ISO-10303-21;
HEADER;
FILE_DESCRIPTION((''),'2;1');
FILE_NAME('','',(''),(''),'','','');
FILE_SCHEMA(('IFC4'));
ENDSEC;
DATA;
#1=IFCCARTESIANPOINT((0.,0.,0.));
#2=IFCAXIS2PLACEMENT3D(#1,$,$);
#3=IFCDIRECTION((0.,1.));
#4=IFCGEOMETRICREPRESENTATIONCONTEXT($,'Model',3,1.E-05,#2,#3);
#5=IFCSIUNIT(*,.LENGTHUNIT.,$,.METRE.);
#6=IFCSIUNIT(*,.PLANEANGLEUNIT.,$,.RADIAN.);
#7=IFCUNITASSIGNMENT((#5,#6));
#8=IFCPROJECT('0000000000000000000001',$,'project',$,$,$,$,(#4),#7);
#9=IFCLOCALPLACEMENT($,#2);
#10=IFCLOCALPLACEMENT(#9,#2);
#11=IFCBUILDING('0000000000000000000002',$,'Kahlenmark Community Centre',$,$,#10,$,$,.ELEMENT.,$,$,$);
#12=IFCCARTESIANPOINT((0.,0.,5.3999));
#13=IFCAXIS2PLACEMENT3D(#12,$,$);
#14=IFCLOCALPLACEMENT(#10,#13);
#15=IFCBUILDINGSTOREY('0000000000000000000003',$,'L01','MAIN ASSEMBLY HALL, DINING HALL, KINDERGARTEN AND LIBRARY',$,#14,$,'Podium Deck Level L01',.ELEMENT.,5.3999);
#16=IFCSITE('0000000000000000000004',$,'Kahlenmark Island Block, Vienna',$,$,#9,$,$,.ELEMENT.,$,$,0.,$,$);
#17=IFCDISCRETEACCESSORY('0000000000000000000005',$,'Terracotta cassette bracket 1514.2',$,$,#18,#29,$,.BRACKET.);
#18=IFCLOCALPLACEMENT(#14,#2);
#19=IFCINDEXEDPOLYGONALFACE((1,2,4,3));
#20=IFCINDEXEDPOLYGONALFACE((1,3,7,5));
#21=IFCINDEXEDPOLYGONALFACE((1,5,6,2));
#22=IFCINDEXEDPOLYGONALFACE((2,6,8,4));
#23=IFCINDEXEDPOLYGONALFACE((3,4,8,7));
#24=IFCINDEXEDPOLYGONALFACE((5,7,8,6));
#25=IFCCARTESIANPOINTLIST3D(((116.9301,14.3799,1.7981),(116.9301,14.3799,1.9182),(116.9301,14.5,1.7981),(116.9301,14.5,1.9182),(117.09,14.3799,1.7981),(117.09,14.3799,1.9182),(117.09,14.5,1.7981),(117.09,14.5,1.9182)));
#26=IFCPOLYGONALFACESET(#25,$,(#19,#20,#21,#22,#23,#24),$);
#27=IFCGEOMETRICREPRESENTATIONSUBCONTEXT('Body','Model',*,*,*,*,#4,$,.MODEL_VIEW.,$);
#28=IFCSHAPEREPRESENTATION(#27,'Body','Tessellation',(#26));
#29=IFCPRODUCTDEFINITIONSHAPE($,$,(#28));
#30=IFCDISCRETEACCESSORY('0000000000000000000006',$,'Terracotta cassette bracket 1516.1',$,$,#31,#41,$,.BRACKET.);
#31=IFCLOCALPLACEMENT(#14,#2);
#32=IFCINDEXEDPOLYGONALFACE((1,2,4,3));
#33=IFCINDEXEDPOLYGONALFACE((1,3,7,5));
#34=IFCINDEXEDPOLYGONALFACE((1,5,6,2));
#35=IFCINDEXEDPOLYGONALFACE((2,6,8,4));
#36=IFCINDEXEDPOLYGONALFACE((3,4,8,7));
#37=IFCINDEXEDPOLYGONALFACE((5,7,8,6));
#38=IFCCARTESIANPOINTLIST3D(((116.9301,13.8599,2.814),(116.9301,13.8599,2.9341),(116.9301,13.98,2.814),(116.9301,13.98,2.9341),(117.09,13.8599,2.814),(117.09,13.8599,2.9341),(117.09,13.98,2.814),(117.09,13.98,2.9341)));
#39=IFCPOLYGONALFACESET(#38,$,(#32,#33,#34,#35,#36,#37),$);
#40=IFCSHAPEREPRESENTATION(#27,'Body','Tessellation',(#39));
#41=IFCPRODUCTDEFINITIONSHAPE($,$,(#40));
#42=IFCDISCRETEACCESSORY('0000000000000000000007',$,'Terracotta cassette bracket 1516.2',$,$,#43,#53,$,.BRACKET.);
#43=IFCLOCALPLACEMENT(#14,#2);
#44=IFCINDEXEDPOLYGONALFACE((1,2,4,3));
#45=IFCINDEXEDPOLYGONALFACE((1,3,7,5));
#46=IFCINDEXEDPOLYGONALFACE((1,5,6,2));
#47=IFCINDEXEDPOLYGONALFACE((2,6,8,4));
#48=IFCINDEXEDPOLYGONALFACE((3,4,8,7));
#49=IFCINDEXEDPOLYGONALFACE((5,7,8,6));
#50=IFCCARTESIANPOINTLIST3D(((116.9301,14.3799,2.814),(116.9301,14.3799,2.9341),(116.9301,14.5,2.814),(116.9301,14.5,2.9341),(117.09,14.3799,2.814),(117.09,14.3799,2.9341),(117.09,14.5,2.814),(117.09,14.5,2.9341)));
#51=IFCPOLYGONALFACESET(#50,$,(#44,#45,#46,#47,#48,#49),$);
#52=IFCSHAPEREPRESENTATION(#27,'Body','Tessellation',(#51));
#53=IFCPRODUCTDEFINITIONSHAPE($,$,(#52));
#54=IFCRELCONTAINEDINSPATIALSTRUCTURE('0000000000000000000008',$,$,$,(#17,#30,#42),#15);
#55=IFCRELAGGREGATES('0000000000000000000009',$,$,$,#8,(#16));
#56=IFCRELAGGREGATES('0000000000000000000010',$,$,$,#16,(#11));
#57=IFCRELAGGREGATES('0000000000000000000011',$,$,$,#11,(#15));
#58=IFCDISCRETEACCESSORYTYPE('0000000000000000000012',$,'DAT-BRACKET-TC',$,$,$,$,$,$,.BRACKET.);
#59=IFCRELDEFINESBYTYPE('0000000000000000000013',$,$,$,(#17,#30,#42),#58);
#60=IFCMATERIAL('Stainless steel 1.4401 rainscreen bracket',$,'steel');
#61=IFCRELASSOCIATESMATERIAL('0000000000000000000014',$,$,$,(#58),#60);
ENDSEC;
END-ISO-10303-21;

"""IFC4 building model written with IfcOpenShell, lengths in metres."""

from ifc_helpers import new_model, si_unit, direction, frame, origin, origin_2d, place, context, subcontext, project, spatial, rectangle, extrude, material, type_object, element, save


model = new_model("IFC4")

# Units and contexts
model_context = context("Model", 3, precision=1e-05, world=origin(), true_north=direction((0.0, 1.0)))
body_context = subcontext(model_context, "Body", "Model", "MODEL_VIEW")
ifc_project = project(units=[si_unit("LENGTHUNIT", "METRE"), si_unit("PLANEANGLEUNIT", "RADIAN")], contexts=[model_context])

# Site, building, storey
site_placement = place(None, origin())
site = spatial("IfcSite", under=ifc_project, at=site_placement, Name="Kahlenmark Island Block, Vienna", CompositionType="ELEMENT", RefElevation=0.0)
building_placement = place(site_placement, origin())
building = spatial("IfcBuilding", under=site, at=building_placement, Name="Kahlenmark Community Centre", CompositionType="ELEMENT")
storey_placement = place(building_placement, frame((0.0, 0.0, 5.3999)))
storey = spatial("IfcBuildingStorey", under=building, at=storey_placement, Name="L01", Description="MAIN ASSEMBLY HALL, DINING HALL, KINDERGARTEN AND LIBRARY", LongName="Podium Deck Level L01", CompositionType="ELEMENT", Elevation=5.3999)

# Discrete accessories
ifc_material_1 = material(Name="Stainless steel 1.4401 rainscreen bracket", Category="steel")
discrete_accessory_type = type_object("IfcDiscreteAccessoryType", Name="DAT-BRACKET-TC", PredefinedType="BRACKET", material=ifc_material_1)
for number, where, z_axis, x_axis, name in (
    (1, (117.01, 14.4399, 1.7981), (0.0, 0.0, 1.0), (0.0, 1.0, 0.0), "Terracotta cassette bracket 1514.2"),
    (2, (117.01, 13.9199, 2.814), (0.0, 0.0, 1.0), (0.0, 1.0, 0.0), "Terracotta cassette bracket 1516.1"),
    (3, (117.01, 14.4399, 2.814), (0.0, 0.0, 1.0), (0.0, 1.0, 0.0), "Terracotta cassette bracket 1516.2"),
):
    element("IfcDiscreteAccessory", number, at=place(storey_placement, frame(where, z_axis=z_axis, x_axis=x_axis)), inside=storey, type_object=discrete_accessory_type, Name=name, PredefinedType="BRACKET", context=body_context, shape_type="SweptSolid", body=[
        extrude(rectangle(XDim=0.1201, YDim=0.1599, at=origin_2d()), origin(), (0.0, 0.0, 1.0), 0.1201),
    ])

save(model, "model.ifc")
